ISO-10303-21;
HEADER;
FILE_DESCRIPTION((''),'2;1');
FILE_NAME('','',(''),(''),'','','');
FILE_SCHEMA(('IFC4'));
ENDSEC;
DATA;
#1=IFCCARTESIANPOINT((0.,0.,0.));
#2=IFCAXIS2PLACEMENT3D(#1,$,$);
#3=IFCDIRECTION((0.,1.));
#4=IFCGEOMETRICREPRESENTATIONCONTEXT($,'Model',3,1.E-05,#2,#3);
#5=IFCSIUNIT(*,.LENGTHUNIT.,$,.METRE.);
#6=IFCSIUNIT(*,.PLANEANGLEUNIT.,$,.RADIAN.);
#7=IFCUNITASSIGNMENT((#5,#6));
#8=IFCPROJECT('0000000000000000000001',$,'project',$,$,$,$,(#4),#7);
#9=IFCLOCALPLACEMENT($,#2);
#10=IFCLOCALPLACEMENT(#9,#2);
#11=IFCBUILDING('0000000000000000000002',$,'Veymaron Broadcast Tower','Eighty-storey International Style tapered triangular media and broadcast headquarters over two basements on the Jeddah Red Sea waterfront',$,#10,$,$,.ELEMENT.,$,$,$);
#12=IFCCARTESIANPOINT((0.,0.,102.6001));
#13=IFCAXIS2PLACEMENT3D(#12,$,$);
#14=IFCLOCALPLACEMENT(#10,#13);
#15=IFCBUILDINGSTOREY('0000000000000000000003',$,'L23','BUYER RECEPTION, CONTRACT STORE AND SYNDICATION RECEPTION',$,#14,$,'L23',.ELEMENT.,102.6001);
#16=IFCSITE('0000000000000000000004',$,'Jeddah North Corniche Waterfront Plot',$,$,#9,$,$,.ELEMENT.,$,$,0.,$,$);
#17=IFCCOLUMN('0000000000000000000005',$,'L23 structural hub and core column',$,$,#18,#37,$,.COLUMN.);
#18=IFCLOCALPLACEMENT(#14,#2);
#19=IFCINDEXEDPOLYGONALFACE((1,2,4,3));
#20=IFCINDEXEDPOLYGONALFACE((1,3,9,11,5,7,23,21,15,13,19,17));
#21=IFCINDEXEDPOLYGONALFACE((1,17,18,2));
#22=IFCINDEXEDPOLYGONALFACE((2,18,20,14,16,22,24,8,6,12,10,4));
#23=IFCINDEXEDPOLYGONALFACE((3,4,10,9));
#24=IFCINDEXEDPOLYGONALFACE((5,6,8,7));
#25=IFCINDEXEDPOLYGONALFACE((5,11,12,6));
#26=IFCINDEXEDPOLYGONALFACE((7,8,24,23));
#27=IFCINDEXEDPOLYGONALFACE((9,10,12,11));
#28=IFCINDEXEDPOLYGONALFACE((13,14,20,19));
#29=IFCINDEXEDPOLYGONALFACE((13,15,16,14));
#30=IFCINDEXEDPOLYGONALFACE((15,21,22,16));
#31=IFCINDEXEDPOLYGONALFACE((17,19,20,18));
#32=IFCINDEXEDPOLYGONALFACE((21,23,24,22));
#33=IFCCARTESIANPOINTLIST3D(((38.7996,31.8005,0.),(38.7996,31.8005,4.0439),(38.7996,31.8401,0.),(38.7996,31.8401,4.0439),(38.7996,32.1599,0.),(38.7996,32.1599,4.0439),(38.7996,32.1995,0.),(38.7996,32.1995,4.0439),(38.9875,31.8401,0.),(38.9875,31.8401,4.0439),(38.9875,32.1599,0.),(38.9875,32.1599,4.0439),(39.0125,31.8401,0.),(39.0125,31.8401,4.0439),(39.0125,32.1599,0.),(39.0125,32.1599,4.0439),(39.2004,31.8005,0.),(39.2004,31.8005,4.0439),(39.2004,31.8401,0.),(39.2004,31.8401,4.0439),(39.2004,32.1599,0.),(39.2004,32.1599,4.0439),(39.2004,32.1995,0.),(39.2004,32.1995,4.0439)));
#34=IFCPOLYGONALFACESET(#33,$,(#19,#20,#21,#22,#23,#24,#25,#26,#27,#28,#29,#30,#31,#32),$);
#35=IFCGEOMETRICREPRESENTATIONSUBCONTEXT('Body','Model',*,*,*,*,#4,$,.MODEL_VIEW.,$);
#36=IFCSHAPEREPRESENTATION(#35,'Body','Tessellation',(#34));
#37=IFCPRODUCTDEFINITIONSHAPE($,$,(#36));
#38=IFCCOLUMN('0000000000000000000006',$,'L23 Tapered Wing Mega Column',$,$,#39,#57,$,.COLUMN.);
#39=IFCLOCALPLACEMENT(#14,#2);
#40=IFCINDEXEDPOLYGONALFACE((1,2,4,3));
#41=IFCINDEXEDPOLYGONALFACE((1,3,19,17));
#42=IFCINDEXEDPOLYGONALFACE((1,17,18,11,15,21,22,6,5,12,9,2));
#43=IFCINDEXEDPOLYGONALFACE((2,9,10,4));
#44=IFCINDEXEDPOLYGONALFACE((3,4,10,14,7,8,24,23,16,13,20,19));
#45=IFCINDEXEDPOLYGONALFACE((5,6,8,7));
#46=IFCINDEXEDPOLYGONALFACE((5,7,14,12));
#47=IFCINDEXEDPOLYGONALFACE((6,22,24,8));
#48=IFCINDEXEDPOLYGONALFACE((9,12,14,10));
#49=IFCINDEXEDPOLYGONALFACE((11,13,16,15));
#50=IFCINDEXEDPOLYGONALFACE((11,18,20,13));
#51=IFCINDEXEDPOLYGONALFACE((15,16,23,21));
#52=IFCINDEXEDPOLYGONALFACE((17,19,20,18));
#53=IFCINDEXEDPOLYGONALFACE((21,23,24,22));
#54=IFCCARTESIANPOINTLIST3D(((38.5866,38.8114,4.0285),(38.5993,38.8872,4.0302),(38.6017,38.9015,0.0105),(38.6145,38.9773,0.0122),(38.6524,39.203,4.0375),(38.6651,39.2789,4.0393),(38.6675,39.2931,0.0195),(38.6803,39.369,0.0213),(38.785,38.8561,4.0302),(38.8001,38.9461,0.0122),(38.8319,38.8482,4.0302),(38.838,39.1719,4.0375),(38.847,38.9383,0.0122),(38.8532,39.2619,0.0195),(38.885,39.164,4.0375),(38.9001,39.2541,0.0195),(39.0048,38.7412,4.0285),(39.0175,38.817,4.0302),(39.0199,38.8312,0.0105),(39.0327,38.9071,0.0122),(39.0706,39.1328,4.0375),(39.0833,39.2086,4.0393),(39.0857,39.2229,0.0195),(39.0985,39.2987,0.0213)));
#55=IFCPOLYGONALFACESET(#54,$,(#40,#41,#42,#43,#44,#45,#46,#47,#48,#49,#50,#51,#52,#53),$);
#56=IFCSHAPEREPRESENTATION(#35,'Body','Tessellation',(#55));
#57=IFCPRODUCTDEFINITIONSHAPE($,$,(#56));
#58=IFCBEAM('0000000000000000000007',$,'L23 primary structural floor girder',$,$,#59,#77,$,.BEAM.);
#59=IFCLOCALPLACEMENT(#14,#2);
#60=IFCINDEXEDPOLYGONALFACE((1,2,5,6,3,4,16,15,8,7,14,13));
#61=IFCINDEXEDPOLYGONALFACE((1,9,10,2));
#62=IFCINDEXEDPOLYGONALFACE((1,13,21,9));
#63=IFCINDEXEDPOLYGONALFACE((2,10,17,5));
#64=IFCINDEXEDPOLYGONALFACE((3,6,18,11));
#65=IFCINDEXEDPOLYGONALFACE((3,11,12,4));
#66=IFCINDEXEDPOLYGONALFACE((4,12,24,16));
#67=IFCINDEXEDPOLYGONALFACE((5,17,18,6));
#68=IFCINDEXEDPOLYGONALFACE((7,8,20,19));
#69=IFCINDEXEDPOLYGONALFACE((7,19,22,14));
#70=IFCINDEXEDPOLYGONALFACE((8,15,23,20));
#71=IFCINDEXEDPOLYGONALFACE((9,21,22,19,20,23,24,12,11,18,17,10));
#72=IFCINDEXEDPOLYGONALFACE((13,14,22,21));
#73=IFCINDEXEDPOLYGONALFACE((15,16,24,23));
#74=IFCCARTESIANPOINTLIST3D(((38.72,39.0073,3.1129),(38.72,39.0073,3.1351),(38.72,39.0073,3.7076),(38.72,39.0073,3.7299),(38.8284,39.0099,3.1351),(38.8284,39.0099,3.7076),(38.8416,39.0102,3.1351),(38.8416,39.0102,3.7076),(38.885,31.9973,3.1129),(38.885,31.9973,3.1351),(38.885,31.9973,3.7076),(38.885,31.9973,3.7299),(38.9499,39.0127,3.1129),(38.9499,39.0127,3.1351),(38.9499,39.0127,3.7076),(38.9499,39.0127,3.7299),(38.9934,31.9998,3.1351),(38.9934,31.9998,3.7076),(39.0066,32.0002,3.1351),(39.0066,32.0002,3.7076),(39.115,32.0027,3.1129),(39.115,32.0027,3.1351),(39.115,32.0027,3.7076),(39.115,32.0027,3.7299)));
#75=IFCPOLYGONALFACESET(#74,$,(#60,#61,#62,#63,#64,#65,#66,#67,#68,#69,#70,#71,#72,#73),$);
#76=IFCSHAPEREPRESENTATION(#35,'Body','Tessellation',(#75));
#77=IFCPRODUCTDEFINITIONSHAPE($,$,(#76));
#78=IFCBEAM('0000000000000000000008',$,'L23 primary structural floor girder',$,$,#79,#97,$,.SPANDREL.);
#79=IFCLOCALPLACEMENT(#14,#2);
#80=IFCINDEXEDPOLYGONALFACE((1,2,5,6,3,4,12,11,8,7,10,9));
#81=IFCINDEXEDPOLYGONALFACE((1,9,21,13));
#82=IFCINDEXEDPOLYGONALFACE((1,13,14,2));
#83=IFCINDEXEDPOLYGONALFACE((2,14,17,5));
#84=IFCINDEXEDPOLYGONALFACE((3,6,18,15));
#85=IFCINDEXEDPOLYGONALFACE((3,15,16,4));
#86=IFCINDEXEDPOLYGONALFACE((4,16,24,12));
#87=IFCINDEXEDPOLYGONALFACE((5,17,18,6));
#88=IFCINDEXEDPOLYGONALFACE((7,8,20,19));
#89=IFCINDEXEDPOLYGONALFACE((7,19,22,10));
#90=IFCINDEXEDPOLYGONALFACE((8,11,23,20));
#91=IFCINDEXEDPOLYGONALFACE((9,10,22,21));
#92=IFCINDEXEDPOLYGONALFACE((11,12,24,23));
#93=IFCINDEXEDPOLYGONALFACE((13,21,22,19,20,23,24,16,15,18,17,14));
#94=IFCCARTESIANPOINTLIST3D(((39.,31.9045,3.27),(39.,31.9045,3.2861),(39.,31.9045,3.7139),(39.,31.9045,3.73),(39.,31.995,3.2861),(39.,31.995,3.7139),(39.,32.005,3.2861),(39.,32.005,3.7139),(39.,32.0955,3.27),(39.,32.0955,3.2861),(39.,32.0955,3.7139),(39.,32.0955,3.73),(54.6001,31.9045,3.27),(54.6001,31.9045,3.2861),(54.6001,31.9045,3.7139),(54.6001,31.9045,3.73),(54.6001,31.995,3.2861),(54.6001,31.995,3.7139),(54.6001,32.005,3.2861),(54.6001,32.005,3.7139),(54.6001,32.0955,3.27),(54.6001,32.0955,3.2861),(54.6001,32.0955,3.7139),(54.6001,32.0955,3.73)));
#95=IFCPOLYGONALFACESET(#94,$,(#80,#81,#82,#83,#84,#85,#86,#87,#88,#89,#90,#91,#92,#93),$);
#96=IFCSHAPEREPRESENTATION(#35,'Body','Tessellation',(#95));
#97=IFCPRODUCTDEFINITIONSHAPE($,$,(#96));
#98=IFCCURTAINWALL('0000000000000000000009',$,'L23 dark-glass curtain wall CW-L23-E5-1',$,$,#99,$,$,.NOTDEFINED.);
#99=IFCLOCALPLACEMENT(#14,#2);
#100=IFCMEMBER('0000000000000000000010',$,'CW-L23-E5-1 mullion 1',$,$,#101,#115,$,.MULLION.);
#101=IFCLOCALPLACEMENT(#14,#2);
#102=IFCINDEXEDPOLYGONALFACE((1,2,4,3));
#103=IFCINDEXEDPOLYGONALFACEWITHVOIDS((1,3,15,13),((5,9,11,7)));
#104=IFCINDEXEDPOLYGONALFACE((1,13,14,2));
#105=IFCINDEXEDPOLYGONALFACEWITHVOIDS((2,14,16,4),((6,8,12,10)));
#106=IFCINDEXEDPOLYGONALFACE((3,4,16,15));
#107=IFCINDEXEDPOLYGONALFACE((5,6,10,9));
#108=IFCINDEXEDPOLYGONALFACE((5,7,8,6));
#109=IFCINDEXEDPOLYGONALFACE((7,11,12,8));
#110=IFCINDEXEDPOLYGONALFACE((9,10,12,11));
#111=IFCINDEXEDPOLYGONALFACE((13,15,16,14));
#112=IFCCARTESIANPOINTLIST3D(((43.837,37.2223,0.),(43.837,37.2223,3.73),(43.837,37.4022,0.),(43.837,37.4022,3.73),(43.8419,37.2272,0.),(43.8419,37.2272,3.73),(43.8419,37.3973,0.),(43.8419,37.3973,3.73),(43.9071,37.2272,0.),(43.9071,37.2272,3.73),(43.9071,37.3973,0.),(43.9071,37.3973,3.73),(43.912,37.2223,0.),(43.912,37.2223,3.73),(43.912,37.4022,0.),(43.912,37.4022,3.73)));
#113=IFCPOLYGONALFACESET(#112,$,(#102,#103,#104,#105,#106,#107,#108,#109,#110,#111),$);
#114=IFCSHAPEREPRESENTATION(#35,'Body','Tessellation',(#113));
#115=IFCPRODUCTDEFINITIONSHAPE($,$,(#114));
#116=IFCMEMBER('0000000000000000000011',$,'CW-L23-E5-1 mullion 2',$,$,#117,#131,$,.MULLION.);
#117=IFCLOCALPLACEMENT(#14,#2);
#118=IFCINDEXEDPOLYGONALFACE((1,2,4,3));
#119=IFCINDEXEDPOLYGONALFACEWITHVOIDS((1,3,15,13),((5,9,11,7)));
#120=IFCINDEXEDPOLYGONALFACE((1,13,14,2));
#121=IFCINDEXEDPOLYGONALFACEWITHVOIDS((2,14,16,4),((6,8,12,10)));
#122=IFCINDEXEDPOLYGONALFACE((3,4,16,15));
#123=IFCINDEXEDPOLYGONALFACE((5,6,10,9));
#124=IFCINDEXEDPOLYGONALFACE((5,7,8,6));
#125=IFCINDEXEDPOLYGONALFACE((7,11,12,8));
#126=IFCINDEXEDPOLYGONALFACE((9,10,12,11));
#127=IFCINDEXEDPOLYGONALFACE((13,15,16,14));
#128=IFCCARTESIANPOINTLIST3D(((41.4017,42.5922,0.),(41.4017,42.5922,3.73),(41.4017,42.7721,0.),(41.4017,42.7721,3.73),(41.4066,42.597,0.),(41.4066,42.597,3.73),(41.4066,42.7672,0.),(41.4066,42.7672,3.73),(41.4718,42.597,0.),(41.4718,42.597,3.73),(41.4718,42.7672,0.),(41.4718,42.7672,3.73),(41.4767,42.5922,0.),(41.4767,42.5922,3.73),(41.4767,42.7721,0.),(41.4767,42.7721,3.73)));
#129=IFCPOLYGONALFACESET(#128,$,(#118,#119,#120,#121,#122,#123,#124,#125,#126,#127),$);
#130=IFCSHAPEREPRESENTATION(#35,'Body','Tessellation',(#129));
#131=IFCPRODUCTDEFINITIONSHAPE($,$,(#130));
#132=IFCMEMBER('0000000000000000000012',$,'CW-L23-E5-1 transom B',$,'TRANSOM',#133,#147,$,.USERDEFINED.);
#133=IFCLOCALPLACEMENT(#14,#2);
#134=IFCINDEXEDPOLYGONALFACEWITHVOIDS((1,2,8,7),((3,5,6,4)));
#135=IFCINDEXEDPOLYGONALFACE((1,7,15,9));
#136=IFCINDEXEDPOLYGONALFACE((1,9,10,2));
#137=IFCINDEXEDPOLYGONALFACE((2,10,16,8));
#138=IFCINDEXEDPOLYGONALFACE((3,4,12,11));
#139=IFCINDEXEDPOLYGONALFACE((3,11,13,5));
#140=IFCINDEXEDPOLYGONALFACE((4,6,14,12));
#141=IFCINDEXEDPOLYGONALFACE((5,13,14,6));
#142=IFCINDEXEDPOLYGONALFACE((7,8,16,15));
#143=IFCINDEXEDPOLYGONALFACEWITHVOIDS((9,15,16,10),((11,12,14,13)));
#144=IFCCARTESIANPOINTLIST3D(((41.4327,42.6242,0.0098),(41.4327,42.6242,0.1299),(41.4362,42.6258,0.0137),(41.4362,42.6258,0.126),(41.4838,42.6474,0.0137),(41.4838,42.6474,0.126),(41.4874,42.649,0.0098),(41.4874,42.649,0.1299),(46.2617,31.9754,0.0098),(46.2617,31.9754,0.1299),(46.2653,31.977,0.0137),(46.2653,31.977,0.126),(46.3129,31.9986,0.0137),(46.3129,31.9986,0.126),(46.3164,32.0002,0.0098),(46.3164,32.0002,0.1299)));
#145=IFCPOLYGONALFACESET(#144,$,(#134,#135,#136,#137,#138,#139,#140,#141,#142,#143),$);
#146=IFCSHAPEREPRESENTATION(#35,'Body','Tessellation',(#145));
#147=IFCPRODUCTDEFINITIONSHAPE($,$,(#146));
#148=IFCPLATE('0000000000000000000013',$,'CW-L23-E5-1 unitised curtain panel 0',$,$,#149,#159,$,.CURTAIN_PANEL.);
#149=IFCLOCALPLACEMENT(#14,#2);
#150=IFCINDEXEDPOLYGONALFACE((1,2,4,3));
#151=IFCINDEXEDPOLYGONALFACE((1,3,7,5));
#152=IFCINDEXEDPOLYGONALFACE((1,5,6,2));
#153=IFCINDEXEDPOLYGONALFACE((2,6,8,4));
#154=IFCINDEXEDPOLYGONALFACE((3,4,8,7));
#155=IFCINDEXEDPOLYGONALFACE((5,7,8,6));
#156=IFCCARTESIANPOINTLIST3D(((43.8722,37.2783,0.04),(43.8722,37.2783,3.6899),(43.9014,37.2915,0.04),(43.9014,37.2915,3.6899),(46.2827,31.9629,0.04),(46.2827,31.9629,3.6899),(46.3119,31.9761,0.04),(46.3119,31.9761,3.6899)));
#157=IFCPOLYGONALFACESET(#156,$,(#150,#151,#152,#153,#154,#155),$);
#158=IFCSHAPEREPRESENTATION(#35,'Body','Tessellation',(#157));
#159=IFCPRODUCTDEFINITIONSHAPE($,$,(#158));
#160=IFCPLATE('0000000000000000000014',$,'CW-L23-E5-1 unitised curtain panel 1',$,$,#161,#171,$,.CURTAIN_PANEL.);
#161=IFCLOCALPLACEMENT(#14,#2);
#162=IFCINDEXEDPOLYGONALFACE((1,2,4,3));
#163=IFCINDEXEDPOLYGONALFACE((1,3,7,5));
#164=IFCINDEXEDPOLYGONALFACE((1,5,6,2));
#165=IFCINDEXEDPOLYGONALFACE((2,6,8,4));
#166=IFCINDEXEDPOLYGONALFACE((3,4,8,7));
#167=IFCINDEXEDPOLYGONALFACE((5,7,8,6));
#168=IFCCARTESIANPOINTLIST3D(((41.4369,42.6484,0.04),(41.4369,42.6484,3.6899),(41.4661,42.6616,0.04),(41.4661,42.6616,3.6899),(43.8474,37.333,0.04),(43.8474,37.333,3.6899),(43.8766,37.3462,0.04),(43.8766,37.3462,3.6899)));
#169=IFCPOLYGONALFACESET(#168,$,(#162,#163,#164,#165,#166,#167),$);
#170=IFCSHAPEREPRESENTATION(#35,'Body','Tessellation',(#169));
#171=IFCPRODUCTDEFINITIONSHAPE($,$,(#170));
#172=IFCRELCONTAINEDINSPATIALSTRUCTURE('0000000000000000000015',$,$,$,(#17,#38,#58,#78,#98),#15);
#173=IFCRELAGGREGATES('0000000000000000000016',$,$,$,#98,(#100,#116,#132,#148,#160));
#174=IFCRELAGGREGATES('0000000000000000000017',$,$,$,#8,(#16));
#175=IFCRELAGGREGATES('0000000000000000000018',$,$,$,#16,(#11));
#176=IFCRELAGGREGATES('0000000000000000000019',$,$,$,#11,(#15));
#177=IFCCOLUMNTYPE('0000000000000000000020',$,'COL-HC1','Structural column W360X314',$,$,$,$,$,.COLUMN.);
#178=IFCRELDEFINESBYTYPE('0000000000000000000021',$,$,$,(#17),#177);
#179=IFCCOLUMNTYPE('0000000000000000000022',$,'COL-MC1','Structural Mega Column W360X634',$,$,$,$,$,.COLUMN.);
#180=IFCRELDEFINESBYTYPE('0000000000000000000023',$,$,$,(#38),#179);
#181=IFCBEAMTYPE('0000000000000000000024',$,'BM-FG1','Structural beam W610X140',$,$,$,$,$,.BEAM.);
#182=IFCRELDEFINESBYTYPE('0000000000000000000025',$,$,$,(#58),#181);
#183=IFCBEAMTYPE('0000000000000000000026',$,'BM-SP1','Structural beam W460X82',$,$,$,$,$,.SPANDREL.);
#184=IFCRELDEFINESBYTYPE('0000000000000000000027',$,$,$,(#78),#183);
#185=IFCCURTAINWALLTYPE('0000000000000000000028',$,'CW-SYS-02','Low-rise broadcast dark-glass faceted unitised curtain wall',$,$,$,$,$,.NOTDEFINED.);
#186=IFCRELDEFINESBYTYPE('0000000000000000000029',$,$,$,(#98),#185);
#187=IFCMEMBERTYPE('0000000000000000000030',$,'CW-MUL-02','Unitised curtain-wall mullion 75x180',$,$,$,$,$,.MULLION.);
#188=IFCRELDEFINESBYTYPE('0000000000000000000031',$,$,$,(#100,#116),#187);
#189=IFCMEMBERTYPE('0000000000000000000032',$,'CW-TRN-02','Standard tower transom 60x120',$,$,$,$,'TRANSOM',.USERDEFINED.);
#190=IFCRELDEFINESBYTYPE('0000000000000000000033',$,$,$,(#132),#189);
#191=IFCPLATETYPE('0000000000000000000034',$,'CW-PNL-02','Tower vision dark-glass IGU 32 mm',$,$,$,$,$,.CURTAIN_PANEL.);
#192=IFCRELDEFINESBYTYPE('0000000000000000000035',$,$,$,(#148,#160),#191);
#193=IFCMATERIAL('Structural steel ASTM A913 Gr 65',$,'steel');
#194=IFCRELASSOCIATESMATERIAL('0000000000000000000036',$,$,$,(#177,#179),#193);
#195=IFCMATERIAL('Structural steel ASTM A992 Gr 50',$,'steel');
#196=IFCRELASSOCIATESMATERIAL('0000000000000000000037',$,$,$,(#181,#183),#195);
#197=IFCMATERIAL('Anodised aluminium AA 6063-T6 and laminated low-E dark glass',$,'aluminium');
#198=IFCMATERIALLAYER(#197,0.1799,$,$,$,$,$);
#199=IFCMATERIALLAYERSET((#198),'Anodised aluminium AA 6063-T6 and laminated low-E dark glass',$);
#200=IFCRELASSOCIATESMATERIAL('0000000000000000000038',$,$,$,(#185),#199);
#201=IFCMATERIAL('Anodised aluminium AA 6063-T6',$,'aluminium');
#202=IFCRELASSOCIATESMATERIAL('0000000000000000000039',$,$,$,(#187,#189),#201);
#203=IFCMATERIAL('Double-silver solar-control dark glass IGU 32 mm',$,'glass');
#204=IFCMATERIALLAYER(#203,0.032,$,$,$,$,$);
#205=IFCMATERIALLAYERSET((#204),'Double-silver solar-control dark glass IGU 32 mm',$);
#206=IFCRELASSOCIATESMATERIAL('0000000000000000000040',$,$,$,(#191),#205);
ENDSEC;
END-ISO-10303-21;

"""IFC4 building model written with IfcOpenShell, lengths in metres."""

from ifc_helpers import new_model, si_unit, direction, frame, origin, origin_2d, place, context, subcontext, project, spatial, rectangle, hollow_rectangle, i_section, extrude, material, layer, layer_set, material_profile, profile_set, type_object, element, aggregate, save


model = new_model("IFC4")

# Units and contexts
model_context = context("Model", 3, precision=1e-05, world=origin(), true_north=direction((0.0, 1.0)))
body_context = subcontext(model_context, "Body", "Model", "MODEL_VIEW")
ifc_project = project(units=[si_unit("LENGTHUNIT", "METRE"), si_unit("PLANEANGLEUNIT", "RADIAN")], contexts=[model_context])

# Site, building, storey
site_placement = place(None, origin())
site = spatial("IfcSite", under=ifc_project, at=site_placement, Name="Jeddah North Corniche Waterfront Plot", CompositionType="ELEMENT", RefElevation=0.0)
building_placement = place(site_placement, origin())
building = spatial("IfcBuilding", under=site, at=building_placement, Name="Veymaron Broadcast Tower", Description="Eighty-storey International Style tapered triangular media and broadcast headquarters over two basements on the Jeddah Red Sea waterfront", CompositionType="ELEMENT")
storey_placement = place(building_placement, frame((0.0, 0.0, 102.6001)))
storey = spatial("IfcBuildingStorey", under=building, at=storey_placement, Name="L23", Description="BUYER RECEPTION, CONTRACT STORE AND SYNDICATION RECEPTION", LongName="L23", CompositionType="ELEMENT", Elevation=102.6001)

# Columns
ifc_material_1 = material(Name="Structural steel ASTM A913 Gr 65", Category="steel")
ifc_material_profile_1 = material_profile(ifc_material_1, i_section(OverallWidth=0.4009, OverallDepth=0.3989, WebThickness=0.0249, FlangeThickness=0.0396, at=origin_2d()), Name="W360X314")
ifc_profile_set_1 = profile_set([ifc_material_profile_1], Name="Structural steel ASTM A913 Gr 65")
column_type_1 = type_object("IfcColumnType", Name="COL-HC1", Description="Structural column W360X314", PredefinedType="COLUMN", material=ifc_profile_set_1)
column_1_placement = place(storey_placement, frame((39.0, 32.0, 0.0), z_axis=(0.0, 0.0, 1.0), x_axis=(1.0, 0.0, 0.0)))
element("IfcColumn", 1, at=column_1_placement, inside=storey, type_object=column_type_1, Name="L23 structural hub and core column", PredefinedType="COLUMN", context=body_context, shape_type="SweptSolid", body=[
    extrude(i_section(OverallWidth=0.4009, OverallDepth=0.3989, WebThickness=0.0249, FlangeThickness=0.0396, at=origin_2d()), origin(), (0.0, 0.0, 1.0), 4.0439),
])
ifc_material_profile_2 = material_profile(ifc_material_1, i_section(OverallWidth=0.4241, OverallDepth=0.4741, WebThickness=0.0476, FlangeThickness=0.0769, at=origin_2d()), Name="W360X634")
ifc_profile_set_2 = profile_set([ifc_material_profile_2], Name="Structural steel ASTM A913 Gr 65")
column_type_2 = type_object("IfcColumnType", Name="COL-MC1", Description="Structural Mega Column W360X634", PredefinedType="COLUMN", material=ifc_profile_set_2)
column_2_placement = place(storey_placement, frame((38.8501, 39.1001, 0.0159), z_axis=(-0.003766, -0.022415, 0.999742), x_axis=(0.986176, -0.165699, 0.0)))
element("IfcColumn", 2, at=column_2_placement, inside=storey, type_object=column_type_2, Name="L23 Tapered Wing Mega Column", PredefinedType="COLUMN", context=body_context, shape_type="SweptSolid", body=[
    extrude(i_section(OverallWidth=0.4241, OverallDepth=0.4741, WebThickness=0.0476, FlangeThickness=0.0769, at=origin_2d()), origin(), (0.0, 0.0, 1.0), 4.019),
])

# Beams
ifc_material_2 = material(Name="Structural steel ASTM A992 Gr 50", Category="steel")
ifc_material_profile_3 = material_profile(ifc_material_2, i_section(OverallWidth=0.23, OverallDepth=0.6169, WebThickness=0.0132, FlangeThickness=0.0222, at=origin_2d()), Name="W610X140")
ifc_profile_set_3 = profile_set([ifc_material_profile_3], Name="Structural steel ASTM A992 Gr 50")
beam_type_1 = type_object("IfcBeamType", Name="BM-FG1", Description="Structural beam W610X140", PredefinedType="BEAM", material=ifc_profile_set_3)
beam_1_placement = place(storey_placement, frame((39.0, 32.0, 3.4214), z_axis=(-0.023537, 0.999723, 0.0), x_axis=(-0.999723, -0.023537, 0.0)))
element("IfcBeam", 3, at=beam_1_placement, inside=storey, type_object=beam_type_1, Name="L23 primary structural floor girder", PredefinedType="BEAM", context=body_context, shape_type="SweptSolid", body=[
    extrude(i_section(OverallWidth=0.23, OverallDepth=0.6169, WebThickness=0.0132, FlangeThickness=0.0222, at=origin_2d()), origin(), (0.0, 0.0, 1.0), 7.012),
])
ifc_material_profile_4 = material_profile(ifc_material_2, i_section(OverallWidth=0.1909, OverallDepth=0.46, WebThickness=0.01, FlangeThickness=0.0161, at=origin_2d()), Name="W460X82")
ifc_profile_set_4 = profile_set([ifc_material_profile_4], Name="Structural steel ASTM A992 Gr 50")
beam_type_2 = type_object("IfcBeamType", Name="BM-SP1", Description="Structural beam W460X82", PredefinedType="SPANDREL", material=ifc_profile_set_4)
beam_2_placement = place(storey_placement, frame((39.0, 32.0, 3.5), z_axis=(1.0, 0.0, 0.0), x_axis=(0.0, 1.0, 0.0)))
element("IfcBeam", 4, at=beam_2_placement, inside=storey, type_object=beam_type_2, Name="L23 primary structural floor girder", PredefinedType="SPANDREL", context=body_context, shape_type="SweptSolid", body=[
    extrude(i_section(OverallWidth=0.1909, OverallDepth=0.46, WebThickness=0.01, FlangeThickness=0.0161, at=origin_2d()), origin(), (0.0, 0.0, 1.0), 15.6001),
])

# Curtain wall, members, plates
ifc_material_3 = material(Name="Anodised aluminium AA 6063-T6 and laminated low-E dark glass", Category="aluminium")
ifc_layer_1 = layer(ifc_material_3, 0.1799)
ifc_layer_set_1 = layer_set([ifc_layer_1], Name="Anodised aluminium AA 6063-T6 and laminated low-E dark glass")
curtain_wall_type = type_object("IfcCurtainWallType", Name="CW-SYS-02", Description="Low-rise broadcast dark-glass faceted unitised curtain wall", PredefinedType="NOTDEFINED", material=ifc_layer_set_1)
curtain_wall_placement = place(storey_placement, origin())
curtain_wall = element("IfcCurtainWall", 5, at=curtain_wall_placement, inside=storey, type_object=curtain_wall_type, Name="L23 dark-glass curtain wall CW-L23-E5-1", PredefinedType="NOTDEFINED")
ifc_material_4 = material(Name="Anodised aluminium AA 6063-T6", Category="aluminium")
ifc_material_profile_5 = material_profile(ifc_material_4, hollow_rectangle(XDim=0.075, YDim=0.1799, WallThickness=0.0049, at=origin_2d()), Name="AL180X75X5")
ifc_profile_set_5 = profile_set([ifc_material_profile_5], Name="Anodised aluminium AA 6063-T6")
member_type_1 = type_object("IfcMemberType", Name="CW-MUL-02", Description="Unitised curtain-wall mullion 75x180", PredefinedType="MULLION", material=ifc_profile_set_5)
member_1_placement = place(storey_placement, frame((43.8745, 37.3123, 0.0), z_axis=(0.0, 0.0, 1.0), x_axis=(1.0, 0.0, 0.0)))
member_1 = element("IfcMember", 6, at=member_1_placement, type_object=member_type_1, Name="CW-L23-E5-1 mullion 1", PredefinedType="MULLION", context=body_context, shape_type="SweptSolid", body=[
    extrude(hollow_rectangle(XDim=0.075, YDim=0.1799, WallThickness=0.0049, at=origin_2d()), origin(), (0.0, 0.0, 1.0), 3.73),
])
member_2_placement = place(storey_placement, frame((41.4392, 42.6821, 0.0), z_axis=(0.0, 0.0, 1.0), x_axis=(1.0, 0.0, 0.0)))
member_2 = element("IfcMember", 7, at=member_2_placement, type_object=member_type_1, Name="CW-L23-E5-1 mullion 2", PredefinedType="MULLION", context=body_context, shape_type="SweptSolid", body=[
    extrude(hollow_rectangle(XDim=0.075, YDim=0.1799, WallThickness=0.0049, at=origin_2d()), origin(), (0.0, 0.0, 1.0), 3.73),
])
ifc_material_profile_6 = material_profile(ifc_material_4, hollow_rectangle(XDim=0.0601, YDim=0.1201, WallThickness=0.0039, at=origin_2d()), Name="AL120X60X4")
ifc_profile_set_6 = profile_set([ifc_material_profile_6], Name="Anodised aluminium AA 6063-T6")
member_type_2 = type_object("IfcMemberType", Name="CW-TRN-02", Description="Standard tower transom 60x120", ElementType="TRANSOM", PredefinedType="USERDEFINED", material=ifc_profile_set_6)
member_3_placement = place(storey_placement, frame((46.2891, 31.9878, 0.0698), z_axis=(-0.413, 0.910731, 0.0), x_axis=(-0.910731, -0.413, 0.0)))
member_3 = element("IfcMember", 8, at=member_3_placement, type_object=member_type_2, Name="CW-L23-E5-1 transom B", ObjectType="TRANSOM", PredefinedType="USERDEFINED", context=body_context, shape_type="SweptSolid", body=[
    extrude(hollow_rectangle(XDim=0.0601, YDim=0.1201, WallThickness=0.0039, at=origin_2d()), origin(), (0.0, 0.0, 1.0), 11.6926),
])
ifc_material_5 = material(Name="Double-silver solar-control dark glass IGU 32 mm", Category="glass")
ifc_layer_2 = layer(ifc_material_5, 0.032)
ifc_layer_set_2 = layer_set([ifc_layer_2], Name="Double-silver solar-control dark glass IGU 32 mm")
plate_type = type_object("IfcPlateType", Name="CW-PNL-02", Description="Tower vision dark-glass IGU 32 mm", PredefinedType="CURTAIN_PANEL", material=ifc_layer_set_2)
plate_1_placement = place(storey_placement, frame((45.092, 34.6272, 0.04), z_axis=(0.0, 0.0, 1.0), x_axis=(-0.413009, 0.910727, 0.0)))
plate_1 = element("IfcPlate", 9, at=plate_1_placement, type_object=plate_type, Name="CW-L23-E5-1 unitised curtain panel 0", PredefinedType="CURTAIN_PANEL", context=body_context, shape_type="SweptSolid", body=[
    extrude(rectangle(XDim=5.8364, YDim=0.032, at=origin_2d()), origin(), (0.0, 0.0, 1.0), 3.6499),
])
plate_2_placement = place(storey_placement, frame((42.6567, 39.9973, 0.04), z_axis=(0.0, 0.0, 1.0), x_axis=(-0.413009, 0.910727, 0.0)))
plate_2 = element("IfcPlate", 10, at=plate_2_placement, type_object=plate_type, Name="CW-L23-E5-1 unitised curtain panel 1", PredefinedType="CURTAIN_PANEL", context=body_context, shape_type="SweptSolid", body=[
    extrude(rectangle(XDim=5.8364, YDim=0.032, at=origin_2d()), origin(), (0.0, 0.0, 1.0), 3.6499),
])
aggregate(curtain_wall, [member_1, member_2, member_3, plate_1, plate_2])

save(model, "model.ifc")
